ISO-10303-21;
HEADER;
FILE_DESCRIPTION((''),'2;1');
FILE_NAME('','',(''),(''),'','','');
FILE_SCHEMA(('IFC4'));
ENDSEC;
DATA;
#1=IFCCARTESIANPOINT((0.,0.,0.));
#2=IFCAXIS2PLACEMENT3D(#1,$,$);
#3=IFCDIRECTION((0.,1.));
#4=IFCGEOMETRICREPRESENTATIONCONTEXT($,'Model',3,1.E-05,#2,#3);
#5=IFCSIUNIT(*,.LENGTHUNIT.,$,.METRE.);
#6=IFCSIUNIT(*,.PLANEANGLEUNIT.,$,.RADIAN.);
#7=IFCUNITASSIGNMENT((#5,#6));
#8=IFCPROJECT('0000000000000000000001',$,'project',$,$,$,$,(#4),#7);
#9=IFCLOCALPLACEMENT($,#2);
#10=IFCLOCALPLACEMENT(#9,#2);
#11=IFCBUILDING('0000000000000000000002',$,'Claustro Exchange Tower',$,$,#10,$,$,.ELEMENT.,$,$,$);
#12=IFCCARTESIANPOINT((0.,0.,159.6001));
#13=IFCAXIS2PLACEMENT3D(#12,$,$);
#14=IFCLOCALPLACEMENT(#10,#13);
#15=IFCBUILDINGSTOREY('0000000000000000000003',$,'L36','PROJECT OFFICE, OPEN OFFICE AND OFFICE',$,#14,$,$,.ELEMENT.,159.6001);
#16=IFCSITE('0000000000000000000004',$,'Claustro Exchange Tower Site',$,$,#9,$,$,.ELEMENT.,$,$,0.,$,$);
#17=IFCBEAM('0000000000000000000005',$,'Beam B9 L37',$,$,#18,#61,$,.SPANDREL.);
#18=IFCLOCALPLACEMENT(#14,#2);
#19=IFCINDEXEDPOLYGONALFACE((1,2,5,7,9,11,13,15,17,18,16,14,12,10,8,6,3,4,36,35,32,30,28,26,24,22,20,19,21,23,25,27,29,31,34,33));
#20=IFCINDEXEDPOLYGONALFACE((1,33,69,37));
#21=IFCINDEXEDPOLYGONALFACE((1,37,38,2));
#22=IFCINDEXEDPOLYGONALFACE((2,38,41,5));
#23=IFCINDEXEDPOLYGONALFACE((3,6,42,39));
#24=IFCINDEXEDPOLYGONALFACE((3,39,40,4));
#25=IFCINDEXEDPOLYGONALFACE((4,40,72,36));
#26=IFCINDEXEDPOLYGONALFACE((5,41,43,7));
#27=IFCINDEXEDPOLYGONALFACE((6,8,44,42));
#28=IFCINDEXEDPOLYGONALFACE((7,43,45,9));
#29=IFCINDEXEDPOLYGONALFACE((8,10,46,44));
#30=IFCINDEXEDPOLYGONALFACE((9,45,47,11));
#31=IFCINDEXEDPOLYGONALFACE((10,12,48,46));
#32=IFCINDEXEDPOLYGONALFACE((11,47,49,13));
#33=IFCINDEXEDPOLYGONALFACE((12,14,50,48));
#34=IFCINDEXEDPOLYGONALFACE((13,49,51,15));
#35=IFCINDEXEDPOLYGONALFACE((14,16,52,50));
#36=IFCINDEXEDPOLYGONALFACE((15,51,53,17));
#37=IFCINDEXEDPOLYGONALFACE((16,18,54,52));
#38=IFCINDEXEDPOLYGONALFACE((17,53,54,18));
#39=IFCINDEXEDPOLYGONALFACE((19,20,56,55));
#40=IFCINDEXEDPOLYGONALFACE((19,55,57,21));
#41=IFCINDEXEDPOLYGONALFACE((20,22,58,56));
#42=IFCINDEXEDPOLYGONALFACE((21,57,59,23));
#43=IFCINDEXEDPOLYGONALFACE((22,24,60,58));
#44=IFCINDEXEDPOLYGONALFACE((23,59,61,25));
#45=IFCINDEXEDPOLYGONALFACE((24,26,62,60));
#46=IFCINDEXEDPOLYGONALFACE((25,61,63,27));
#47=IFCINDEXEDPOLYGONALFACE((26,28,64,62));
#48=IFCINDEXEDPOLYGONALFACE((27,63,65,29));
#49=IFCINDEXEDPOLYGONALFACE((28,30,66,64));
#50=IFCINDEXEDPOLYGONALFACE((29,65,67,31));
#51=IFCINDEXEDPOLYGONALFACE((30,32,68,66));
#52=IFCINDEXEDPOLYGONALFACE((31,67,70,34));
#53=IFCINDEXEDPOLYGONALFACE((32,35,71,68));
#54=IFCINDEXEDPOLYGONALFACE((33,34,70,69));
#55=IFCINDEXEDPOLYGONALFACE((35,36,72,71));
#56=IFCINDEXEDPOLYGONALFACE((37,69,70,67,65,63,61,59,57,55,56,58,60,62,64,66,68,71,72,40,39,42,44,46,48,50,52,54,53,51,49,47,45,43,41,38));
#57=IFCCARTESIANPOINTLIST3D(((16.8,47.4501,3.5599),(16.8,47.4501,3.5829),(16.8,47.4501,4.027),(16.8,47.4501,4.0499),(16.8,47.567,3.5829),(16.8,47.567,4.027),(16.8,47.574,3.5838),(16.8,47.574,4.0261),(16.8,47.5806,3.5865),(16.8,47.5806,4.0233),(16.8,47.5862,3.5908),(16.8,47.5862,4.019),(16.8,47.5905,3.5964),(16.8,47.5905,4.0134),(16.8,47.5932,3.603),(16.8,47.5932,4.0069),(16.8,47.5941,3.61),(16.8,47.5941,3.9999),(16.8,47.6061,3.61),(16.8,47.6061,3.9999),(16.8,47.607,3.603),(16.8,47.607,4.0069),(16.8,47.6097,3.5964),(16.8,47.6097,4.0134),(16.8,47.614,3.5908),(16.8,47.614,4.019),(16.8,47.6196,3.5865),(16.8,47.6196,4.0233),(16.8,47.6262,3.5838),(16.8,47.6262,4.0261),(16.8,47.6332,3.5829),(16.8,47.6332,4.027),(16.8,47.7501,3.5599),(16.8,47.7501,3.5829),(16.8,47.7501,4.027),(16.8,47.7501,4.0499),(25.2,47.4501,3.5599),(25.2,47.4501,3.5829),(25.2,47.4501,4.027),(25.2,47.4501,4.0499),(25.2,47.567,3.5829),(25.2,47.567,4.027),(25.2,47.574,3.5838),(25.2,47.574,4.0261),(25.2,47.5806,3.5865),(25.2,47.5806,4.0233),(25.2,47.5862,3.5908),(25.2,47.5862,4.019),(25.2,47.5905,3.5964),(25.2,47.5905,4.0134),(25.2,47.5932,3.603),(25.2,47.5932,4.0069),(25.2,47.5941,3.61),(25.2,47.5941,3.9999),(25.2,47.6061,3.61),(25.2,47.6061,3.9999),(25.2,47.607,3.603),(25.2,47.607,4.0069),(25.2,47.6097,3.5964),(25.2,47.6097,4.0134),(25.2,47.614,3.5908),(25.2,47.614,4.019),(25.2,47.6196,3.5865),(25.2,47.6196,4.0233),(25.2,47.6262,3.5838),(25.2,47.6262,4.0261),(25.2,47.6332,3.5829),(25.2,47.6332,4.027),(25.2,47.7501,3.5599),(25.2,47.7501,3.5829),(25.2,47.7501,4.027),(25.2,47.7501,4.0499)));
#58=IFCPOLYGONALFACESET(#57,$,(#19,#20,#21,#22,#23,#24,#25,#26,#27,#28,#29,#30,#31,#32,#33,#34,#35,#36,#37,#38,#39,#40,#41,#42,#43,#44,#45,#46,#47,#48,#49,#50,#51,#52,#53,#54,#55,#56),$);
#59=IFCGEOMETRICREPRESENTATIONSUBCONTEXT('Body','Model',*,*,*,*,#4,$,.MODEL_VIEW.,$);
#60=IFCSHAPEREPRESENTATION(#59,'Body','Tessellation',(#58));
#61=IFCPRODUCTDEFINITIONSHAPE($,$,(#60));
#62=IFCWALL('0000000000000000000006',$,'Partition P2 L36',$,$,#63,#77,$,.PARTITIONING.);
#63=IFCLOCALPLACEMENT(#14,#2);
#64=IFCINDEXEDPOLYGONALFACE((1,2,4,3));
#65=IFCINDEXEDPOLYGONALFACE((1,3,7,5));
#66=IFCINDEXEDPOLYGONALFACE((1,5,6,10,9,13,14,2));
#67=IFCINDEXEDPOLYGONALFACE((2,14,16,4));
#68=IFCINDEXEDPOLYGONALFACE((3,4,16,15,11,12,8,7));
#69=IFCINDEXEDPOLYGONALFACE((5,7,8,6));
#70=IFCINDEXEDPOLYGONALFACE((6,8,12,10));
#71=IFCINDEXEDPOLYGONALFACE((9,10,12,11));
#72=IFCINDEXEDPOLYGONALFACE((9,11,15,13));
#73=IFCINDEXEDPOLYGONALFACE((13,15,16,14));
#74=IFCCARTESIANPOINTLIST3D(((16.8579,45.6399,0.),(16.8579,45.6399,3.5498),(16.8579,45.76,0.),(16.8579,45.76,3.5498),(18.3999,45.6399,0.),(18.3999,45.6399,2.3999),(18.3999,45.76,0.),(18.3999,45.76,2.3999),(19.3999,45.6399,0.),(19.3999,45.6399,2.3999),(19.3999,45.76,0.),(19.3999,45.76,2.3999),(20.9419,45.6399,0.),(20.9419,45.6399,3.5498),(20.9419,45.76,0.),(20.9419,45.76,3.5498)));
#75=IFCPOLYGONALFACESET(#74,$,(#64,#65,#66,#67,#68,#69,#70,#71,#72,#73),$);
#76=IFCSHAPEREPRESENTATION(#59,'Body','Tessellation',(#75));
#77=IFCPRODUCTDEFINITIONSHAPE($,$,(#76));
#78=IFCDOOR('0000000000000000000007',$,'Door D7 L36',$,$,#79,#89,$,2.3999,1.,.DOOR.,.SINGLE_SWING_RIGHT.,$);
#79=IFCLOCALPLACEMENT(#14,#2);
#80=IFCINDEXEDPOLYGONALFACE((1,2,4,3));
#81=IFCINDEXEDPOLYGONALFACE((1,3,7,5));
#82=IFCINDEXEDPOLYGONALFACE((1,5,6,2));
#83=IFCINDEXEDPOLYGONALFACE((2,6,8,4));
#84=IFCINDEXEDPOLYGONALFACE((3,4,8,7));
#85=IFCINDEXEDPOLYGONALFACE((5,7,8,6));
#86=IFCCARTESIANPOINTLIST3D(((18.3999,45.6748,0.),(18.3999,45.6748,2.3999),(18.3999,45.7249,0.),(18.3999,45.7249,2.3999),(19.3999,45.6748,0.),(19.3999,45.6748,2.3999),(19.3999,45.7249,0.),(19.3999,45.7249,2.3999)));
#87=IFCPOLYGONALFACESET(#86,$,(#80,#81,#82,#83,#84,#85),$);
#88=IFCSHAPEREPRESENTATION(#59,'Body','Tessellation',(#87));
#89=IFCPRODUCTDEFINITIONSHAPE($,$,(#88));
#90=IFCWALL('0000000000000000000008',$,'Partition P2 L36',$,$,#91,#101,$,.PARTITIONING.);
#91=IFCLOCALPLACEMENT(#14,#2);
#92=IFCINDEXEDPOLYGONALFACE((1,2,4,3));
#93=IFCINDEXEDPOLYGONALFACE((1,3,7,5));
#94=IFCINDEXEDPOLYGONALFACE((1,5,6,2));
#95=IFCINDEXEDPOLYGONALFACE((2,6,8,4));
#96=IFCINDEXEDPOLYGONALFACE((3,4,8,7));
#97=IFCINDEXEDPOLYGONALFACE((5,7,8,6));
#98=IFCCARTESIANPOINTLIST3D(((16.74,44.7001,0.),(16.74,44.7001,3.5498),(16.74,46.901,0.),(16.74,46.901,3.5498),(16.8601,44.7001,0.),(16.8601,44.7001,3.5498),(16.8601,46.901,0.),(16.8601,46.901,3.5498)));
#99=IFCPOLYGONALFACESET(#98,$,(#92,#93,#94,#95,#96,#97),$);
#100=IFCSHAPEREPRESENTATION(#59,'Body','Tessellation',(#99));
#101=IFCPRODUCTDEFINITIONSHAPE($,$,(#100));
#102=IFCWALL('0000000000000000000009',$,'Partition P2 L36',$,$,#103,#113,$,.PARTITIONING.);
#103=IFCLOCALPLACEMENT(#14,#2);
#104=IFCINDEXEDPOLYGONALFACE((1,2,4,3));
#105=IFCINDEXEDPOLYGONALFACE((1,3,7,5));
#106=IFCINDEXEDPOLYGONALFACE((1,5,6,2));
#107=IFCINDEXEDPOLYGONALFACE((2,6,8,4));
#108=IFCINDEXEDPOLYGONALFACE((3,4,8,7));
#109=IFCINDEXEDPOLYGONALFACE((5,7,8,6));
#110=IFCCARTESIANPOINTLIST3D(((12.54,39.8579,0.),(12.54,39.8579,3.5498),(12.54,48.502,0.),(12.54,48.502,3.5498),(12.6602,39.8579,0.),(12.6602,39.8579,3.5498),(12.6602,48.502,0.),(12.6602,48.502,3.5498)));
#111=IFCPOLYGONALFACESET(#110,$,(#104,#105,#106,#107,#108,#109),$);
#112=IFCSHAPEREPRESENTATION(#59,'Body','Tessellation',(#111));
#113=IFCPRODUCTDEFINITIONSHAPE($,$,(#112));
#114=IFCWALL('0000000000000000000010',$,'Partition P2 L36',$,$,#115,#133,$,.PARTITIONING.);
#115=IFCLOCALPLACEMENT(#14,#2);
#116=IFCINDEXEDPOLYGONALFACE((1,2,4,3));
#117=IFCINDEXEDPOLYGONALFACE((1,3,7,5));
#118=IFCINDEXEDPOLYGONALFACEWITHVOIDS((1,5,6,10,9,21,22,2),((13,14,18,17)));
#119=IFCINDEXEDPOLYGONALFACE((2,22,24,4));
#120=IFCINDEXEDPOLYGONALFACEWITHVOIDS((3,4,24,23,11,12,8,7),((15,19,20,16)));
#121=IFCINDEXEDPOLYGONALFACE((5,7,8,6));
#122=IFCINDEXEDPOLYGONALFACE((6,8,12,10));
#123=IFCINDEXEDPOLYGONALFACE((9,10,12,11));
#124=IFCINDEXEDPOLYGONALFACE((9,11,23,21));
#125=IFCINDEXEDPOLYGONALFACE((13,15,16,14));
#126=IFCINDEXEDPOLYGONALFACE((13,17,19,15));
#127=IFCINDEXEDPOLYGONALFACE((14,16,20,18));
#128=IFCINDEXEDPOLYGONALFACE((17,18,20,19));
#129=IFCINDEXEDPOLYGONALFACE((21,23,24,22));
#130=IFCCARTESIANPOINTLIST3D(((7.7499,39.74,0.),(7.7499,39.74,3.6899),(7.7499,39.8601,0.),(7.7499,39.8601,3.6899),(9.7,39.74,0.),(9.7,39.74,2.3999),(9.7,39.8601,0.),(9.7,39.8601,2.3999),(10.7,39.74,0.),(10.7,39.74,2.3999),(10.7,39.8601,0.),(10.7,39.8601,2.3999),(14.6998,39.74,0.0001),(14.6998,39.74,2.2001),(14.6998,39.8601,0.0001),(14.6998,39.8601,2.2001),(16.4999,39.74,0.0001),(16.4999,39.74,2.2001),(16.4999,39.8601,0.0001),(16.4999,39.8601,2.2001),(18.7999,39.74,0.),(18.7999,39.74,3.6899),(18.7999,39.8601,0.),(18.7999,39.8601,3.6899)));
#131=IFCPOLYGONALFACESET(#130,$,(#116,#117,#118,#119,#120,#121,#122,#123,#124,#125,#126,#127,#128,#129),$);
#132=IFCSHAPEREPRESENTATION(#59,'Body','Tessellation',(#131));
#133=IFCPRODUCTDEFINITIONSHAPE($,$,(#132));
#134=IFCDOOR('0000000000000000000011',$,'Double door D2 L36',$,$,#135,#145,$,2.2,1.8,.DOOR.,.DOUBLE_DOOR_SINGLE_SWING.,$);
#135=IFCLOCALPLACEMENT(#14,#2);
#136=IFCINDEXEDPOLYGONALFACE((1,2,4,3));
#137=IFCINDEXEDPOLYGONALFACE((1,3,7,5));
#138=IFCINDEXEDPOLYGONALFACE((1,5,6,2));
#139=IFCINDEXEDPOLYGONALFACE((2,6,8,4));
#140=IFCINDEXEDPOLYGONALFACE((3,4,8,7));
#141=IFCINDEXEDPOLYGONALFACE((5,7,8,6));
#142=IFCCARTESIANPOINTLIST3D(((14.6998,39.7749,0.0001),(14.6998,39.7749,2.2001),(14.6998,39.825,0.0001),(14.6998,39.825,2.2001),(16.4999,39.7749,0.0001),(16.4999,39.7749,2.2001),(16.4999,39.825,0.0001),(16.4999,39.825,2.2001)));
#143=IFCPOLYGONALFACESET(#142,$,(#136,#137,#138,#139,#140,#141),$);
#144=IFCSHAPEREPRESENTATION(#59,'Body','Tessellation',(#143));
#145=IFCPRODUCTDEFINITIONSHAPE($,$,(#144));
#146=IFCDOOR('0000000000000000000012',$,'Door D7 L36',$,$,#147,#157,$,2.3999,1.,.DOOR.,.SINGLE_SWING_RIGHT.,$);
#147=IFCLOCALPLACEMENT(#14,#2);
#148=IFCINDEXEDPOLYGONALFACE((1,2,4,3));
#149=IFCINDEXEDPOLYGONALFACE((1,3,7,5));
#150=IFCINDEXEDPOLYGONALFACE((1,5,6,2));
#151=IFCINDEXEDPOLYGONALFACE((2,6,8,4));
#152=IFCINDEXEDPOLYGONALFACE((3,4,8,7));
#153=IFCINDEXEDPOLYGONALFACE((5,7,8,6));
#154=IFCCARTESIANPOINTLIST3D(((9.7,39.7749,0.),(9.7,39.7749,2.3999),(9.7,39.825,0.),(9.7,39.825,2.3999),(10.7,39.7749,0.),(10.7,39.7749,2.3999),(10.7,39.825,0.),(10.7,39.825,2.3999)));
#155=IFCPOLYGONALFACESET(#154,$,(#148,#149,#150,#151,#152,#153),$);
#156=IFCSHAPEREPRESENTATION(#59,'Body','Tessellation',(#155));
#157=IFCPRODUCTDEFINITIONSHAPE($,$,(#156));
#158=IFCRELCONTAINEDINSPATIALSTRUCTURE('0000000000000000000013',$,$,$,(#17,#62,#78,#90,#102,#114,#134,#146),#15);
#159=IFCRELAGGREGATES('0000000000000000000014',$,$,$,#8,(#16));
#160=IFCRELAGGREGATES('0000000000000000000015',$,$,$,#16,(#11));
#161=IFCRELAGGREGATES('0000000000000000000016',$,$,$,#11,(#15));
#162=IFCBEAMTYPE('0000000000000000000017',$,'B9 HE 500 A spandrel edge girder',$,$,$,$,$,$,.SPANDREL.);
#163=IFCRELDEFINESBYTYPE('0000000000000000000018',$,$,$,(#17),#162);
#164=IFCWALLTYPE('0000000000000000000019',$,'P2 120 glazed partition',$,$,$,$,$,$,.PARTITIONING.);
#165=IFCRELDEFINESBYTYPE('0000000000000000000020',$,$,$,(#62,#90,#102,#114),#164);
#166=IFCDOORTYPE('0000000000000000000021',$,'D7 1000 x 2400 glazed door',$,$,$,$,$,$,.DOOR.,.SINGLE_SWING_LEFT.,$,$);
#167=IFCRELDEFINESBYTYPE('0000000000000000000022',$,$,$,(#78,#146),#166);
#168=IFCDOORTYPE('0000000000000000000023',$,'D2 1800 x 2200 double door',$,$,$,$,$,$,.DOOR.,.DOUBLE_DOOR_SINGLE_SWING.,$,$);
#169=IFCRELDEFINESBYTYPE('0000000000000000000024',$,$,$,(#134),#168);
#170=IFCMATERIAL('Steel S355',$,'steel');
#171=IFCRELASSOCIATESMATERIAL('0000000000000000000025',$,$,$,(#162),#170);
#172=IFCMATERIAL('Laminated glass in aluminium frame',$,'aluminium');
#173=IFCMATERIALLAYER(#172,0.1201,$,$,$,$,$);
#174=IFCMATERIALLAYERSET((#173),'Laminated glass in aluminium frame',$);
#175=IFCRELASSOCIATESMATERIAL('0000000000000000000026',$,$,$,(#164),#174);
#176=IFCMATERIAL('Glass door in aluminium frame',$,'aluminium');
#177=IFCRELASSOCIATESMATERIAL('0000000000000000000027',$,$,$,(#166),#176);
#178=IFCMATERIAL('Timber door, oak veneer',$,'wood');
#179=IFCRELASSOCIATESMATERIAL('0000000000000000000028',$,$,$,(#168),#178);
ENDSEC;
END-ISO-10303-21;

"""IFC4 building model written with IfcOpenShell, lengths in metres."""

from ifc_helpers import new_model, si_unit, direction, frame, frame_2d, origin, origin_2d, place, context, subcontext, project, spatial, rectangle, i_section, extrude, material, layer, layer_set, material_profile, profile_set, type_object, element, fill, save


model = new_model("IFC4")

# Units and contexts
model_context = context("Model", 3, precision=1e-05, world=origin(), true_north=direction((0.0, 1.0)))
body_context = subcontext(model_context, "Body", "Model", "MODEL_VIEW")
ifc_project = project(units=[si_unit("LENGTHUNIT", "METRE"), si_unit("PLANEANGLEUNIT", "RADIAN")], contexts=[model_context])

# Site, building, storey
site_placement = place(None, origin())
site = spatial("IfcSite", under=ifc_project, at=site_placement, Name="Claustro Exchange Tower Site", CompositionType="ELEMENT", RefElevation=0.0)
building_placement = place(site_placement, origin())
building = spatial("IfcBuilding", under=site, at=building_placement, Name="Claustro Exchange Tower", CompositionType="ELEMENT")
storey_placement = place(building_placement, frame((0.0, 0.0, 159.6001)))
storey = spatial("IfcBuildingStorey", under=building, at=storey_placement, Name="L36", Description="PROJECT OFFICE, OPEN OFFICE AND OFFICE", CompositionType="ELEMENT", Elevation=159.6001)

# Beam
ifc_material_1 = material(Name="Steel S355", Category="steel")
ifc_material_profile_1 = material_profile(ifc_material_1, i_section(OverallWidth=0.3, OverallDepth=0.49, WebThickness=0.012, FlangeThickness=0.0229, FilletRadius=0.0271, at=origin_2d()), Name="HE 500 A")
ifc_profile_set_1 = profile_set([ifc_material_profile_1], Name="Steel S355")
beam_type_1 = type_object("IfcBeamType", Name="B9 HE 500 A spandrel edge girder", PredefinedType="SPANDREL", material=ifc_profile_set_1)
beam_1_placement = place(storey_placement, frame((16.8, 47.6001, 3.8049), z_axis=(1.0, 0.0, 0.0), x_axis=(0.0, 1.0, 0.0)))
element("IfcBeam", 1, at=beam_1_placement, inside=storey, type_object=beam_type_1, Name="Beam B9 L37", PredefinedType="SPANDREL", context=body_context, shape_type="SweptSolid", body=[
    extrude(i_section(OverallWidth=0.3, OverallDepth=0.49, WebThickness=0.012, FlangeThickness=0.0229, FilletRadius=0.0271, at=origin_2d()), origin(), (0.0, 0.0, 1.0), 8.3999),
])

# Wall, opening, door
ifc_material_2 = material(Name="Laminated glass in aluminium frame", Category="aluminium")
ifc_layer_1 = layer(ifc_material_2, 0.1201)
ifc_layer_set_1 = layer_set([ifc_layer_1], Name="Laminated glass in aluminium frame")
wall_type_1 = type_object("IfcWallType", Name="P2 120 glazed partition", PredefinedType="PARTITIONING", material=ifc_layer_set_1)
wall_1_placement = place(storey_placement, frame((16.8579, 45.7, 0.0), z_axis=(0.0, 0.0, 1.0), x_axis=(1.0, 0.0, 0.0)))
wall_1 = element("IfcWall", 2, at=wall_1_placement, inside=storey, type_object=wall_type_1, Name="Partition P2 L36", PredefinedType="PARTITIONING", context=body_context, shape_type="SweptSolid", body=[
    extrude(rectangle(XDim=4.084, YDim=0.1201, at=frame_2d((2.042, 0.0))), origin(), (0.0, 0.0, 1.0), 3.5498),
])
opening_1_placement = place(wall_1_placement, frame((1.542, 0.0, 0.0)))
opening_1 = element("IfcOpeningElement", 3, at=opening_1_placement, cuts=wall_1, PredefinedType="OPENING", context=body_context, shape_type="SweptSolid", body=[
    extrude(rectangle(XDim=1.0, YDim=2.3999, at=frame_2d((0.5, 1.2))), frame((0.0, 0.0701, 0.0), z_axis=(0.0, -1.0, 0.0), x_axis=(1.0, 0.0, 0.0)), (0.0, 0.0, 1.0), 0.1401),
])
ifc_material_3 = material(Name="Glass door in aluminium frame", Category="aluminium")
door_type_1 = type_object("IfcDoorType", Name="D7 1000 x 2400 glazed door", OperationType="SINGLE_SWING_LEFT", PredefinedType="DOOR", material=ifc_material_3)
door_1_placement = place(opening_1_placement, origin())
door_1 = element("IfcDoor", 4, at=door_1_placement, inside=storey, type_object=door_type_1, Name="Door D7 L36", OperationType="SINGLE_SWING_RIGHT", OverallHeight=2.3999, OverallWidth=1.0, PredefinedType="DOOR", context=body_context, shape_type="SweptSolid", body=[
    extrude(rectangle(XDim=1.0, YDim=2.3999, at=frame_2d((0.5, 1.2))), frame((0.0, 0.0249, 0.0), z_axis=(0.0, -1.0, 0.0), x_axis=(1.0, 0.0, 0.0)), (0.0, 0.0, 1.0), 0.05),
])
fill(opening_1, door_1)

# Walls
wall_2_placement = place(storey_placement, frame((16.8, 44.7, 0.0), z_axis=(0.0, 0.0, 1.0), x_axis=(0.0, 1.0, 0.0)))
element("IfcWall", 5, at=wall_2_placement, inside=storey, type_object=wall_type_1, Name="Partition P2 L36", PredefinedType="PARTITIONING", context=body_context, shape_type="SweptSolid", body=[
    extrude(rectangle(XDim=2.2009, YDim=0.1201, at=frame_2d((1.1006, 0.0))), origin(), (0.0, 0.0, 1.0), 3.5498),
])
wall_3_placement = place(storey_placement, frame((12.6001, 39.8579, 0.0), z_axis=(0.0, 0.0, 1.0), x_axis=(0.0, 1.0, 0.0)))
element("IfcWall", 6, at=wall_3_placement, inside=storey, type_object=wall_type_1, Name="Partition P2 L36", PredefinedType="PARTITIONING", context=body_context, shape_type="SweptSolid", body=[
    extrude(rectangle(XDim=8.644, YDim=0.1201, at=frame_2d((4.322, 0.0))), origin(), (0.0, 0.0, 1.0), 3.5498),
])

# Wall, openings, doors
wall_4_placement = place(storey_placement, frame((7.75, 39.8, 0.0), z_axis=(0.0, 0.0, 1.0), x_axis=(1.0, 0.0, 0.0)))
wall_4 = element("IfcWall", 7, at=wall_4_placement, inside=storey, type_object=wall_type_1, Name="Partition P2 L36", PredefinedType="PARTITIONING", context=body_context, shape_type="SweptSolid", body=[
    extrude(rectangle(XDim=11.05, YDim=0.1201, at=frame_2d((5.5249, 0.0))), origin(), (0.0, 0.0, 1.0), 3.6899),
])
opening_2_placement = place(wall_4_placement, frame((1.95, 0.0, 0.0)))
opening_2 = element("IfcOpeningElement", 8, at=opening_2_placement, cuts=wall_4, PredefinedType="OPENING", context=body_context, shape_type="SweptSolid", body=[
    extrude(rectangle(XDim=1.0, YDim=2.3999, at=frame_2d((0.5, 1.2))), frame((0.0, 0.0701, 0.0), z_axis=(0.0, -1.0, 0.0), x_axis=(1.0, 0.0, 0.0)), (0.0, 0.0, 1.0), 0.1401),
])
opening_3_placement = place(wall_4_placement, frame((6.95, 0.0, 0.0)))
opening_3 = element("IfcOpeningElement", 9, at=opening_3_placement, cuts=wall_4, PredefinedType="OPENING", context=body_context, shape_type="SweptSolid", body=[
    extrude(rectangle(XDim=1.8, YDim=2.2, at=frame_2d((0.8999, 1.1001))), frame((0.0, 0.0701, 0.0), z_axis=(0.0, -1.0, 0.0), x_axis=(1.0, 0.0, 0.0)), (0.0, 0.0, 1.0), 0.1401),
])
ifc_material_4 = material(Name="Timber door, oak veneer", Category="wood")
door_type_2 = type_object("IfcDoorType", Name="D2 1800 x 2200 double door", OperationType="DOUBLE_DOOR_SINGLE_SWING", PredefinedType="DOOR", material=ifc_material_4)
door_2_placement = place(opening_3_placement, origin())
door_2 = element("IfcDoor", 10, at=door_2_placement, inside=storey, type_object=door_type_2, Name="Double door D2 L36", OperationType="DOUBLE_DOOR_SINGLE_SWING", OverallHeight=2.2, OverallWidth=1.8, PredefinedType="DOOR", context=body_context, shape_type="SweptSolid", body=[
    extrude(rectangle(XDim=1.8, YDim=2.2, at=frame_2d((0.8999, 1.1001))), frame((0.0, 0.0249, 0.0), z_axis=(0.0, -1.0, 0.0), x_axis=(1.0, 0.0, 0.0)), (0.0, 0.0, 1.0), 0.05),
])
fill(opening_3, door_2)
door_3_placement = place(opening_2_placement, origin())
door_3 = element("IfcDoor", 11, at=door_3_placement, inside=storey, type_object=door_type_1, Name="Door D7 L36", OperationType="SINGLE_SWING_RIGHT", OverallHeight=2.3999, OverallWidth=1.0, PredefinedType="DOOR", context=body_context, shape_type="SweptSolid", body=[
    extrude(rectangle(XDim=1.0, YDim=2.3999, at=frame_2d((0.5, 1.2))), frame((0.0, 0.0249, 0.0), z_axis=(0.0, -1.0, 0.0), x_axis=(1.0, 0.0, 0.0)), (0.0, 0.0, 1.0), 0.05),
])
fill(opening_2, door_3)

save(model, "model.ifc")
